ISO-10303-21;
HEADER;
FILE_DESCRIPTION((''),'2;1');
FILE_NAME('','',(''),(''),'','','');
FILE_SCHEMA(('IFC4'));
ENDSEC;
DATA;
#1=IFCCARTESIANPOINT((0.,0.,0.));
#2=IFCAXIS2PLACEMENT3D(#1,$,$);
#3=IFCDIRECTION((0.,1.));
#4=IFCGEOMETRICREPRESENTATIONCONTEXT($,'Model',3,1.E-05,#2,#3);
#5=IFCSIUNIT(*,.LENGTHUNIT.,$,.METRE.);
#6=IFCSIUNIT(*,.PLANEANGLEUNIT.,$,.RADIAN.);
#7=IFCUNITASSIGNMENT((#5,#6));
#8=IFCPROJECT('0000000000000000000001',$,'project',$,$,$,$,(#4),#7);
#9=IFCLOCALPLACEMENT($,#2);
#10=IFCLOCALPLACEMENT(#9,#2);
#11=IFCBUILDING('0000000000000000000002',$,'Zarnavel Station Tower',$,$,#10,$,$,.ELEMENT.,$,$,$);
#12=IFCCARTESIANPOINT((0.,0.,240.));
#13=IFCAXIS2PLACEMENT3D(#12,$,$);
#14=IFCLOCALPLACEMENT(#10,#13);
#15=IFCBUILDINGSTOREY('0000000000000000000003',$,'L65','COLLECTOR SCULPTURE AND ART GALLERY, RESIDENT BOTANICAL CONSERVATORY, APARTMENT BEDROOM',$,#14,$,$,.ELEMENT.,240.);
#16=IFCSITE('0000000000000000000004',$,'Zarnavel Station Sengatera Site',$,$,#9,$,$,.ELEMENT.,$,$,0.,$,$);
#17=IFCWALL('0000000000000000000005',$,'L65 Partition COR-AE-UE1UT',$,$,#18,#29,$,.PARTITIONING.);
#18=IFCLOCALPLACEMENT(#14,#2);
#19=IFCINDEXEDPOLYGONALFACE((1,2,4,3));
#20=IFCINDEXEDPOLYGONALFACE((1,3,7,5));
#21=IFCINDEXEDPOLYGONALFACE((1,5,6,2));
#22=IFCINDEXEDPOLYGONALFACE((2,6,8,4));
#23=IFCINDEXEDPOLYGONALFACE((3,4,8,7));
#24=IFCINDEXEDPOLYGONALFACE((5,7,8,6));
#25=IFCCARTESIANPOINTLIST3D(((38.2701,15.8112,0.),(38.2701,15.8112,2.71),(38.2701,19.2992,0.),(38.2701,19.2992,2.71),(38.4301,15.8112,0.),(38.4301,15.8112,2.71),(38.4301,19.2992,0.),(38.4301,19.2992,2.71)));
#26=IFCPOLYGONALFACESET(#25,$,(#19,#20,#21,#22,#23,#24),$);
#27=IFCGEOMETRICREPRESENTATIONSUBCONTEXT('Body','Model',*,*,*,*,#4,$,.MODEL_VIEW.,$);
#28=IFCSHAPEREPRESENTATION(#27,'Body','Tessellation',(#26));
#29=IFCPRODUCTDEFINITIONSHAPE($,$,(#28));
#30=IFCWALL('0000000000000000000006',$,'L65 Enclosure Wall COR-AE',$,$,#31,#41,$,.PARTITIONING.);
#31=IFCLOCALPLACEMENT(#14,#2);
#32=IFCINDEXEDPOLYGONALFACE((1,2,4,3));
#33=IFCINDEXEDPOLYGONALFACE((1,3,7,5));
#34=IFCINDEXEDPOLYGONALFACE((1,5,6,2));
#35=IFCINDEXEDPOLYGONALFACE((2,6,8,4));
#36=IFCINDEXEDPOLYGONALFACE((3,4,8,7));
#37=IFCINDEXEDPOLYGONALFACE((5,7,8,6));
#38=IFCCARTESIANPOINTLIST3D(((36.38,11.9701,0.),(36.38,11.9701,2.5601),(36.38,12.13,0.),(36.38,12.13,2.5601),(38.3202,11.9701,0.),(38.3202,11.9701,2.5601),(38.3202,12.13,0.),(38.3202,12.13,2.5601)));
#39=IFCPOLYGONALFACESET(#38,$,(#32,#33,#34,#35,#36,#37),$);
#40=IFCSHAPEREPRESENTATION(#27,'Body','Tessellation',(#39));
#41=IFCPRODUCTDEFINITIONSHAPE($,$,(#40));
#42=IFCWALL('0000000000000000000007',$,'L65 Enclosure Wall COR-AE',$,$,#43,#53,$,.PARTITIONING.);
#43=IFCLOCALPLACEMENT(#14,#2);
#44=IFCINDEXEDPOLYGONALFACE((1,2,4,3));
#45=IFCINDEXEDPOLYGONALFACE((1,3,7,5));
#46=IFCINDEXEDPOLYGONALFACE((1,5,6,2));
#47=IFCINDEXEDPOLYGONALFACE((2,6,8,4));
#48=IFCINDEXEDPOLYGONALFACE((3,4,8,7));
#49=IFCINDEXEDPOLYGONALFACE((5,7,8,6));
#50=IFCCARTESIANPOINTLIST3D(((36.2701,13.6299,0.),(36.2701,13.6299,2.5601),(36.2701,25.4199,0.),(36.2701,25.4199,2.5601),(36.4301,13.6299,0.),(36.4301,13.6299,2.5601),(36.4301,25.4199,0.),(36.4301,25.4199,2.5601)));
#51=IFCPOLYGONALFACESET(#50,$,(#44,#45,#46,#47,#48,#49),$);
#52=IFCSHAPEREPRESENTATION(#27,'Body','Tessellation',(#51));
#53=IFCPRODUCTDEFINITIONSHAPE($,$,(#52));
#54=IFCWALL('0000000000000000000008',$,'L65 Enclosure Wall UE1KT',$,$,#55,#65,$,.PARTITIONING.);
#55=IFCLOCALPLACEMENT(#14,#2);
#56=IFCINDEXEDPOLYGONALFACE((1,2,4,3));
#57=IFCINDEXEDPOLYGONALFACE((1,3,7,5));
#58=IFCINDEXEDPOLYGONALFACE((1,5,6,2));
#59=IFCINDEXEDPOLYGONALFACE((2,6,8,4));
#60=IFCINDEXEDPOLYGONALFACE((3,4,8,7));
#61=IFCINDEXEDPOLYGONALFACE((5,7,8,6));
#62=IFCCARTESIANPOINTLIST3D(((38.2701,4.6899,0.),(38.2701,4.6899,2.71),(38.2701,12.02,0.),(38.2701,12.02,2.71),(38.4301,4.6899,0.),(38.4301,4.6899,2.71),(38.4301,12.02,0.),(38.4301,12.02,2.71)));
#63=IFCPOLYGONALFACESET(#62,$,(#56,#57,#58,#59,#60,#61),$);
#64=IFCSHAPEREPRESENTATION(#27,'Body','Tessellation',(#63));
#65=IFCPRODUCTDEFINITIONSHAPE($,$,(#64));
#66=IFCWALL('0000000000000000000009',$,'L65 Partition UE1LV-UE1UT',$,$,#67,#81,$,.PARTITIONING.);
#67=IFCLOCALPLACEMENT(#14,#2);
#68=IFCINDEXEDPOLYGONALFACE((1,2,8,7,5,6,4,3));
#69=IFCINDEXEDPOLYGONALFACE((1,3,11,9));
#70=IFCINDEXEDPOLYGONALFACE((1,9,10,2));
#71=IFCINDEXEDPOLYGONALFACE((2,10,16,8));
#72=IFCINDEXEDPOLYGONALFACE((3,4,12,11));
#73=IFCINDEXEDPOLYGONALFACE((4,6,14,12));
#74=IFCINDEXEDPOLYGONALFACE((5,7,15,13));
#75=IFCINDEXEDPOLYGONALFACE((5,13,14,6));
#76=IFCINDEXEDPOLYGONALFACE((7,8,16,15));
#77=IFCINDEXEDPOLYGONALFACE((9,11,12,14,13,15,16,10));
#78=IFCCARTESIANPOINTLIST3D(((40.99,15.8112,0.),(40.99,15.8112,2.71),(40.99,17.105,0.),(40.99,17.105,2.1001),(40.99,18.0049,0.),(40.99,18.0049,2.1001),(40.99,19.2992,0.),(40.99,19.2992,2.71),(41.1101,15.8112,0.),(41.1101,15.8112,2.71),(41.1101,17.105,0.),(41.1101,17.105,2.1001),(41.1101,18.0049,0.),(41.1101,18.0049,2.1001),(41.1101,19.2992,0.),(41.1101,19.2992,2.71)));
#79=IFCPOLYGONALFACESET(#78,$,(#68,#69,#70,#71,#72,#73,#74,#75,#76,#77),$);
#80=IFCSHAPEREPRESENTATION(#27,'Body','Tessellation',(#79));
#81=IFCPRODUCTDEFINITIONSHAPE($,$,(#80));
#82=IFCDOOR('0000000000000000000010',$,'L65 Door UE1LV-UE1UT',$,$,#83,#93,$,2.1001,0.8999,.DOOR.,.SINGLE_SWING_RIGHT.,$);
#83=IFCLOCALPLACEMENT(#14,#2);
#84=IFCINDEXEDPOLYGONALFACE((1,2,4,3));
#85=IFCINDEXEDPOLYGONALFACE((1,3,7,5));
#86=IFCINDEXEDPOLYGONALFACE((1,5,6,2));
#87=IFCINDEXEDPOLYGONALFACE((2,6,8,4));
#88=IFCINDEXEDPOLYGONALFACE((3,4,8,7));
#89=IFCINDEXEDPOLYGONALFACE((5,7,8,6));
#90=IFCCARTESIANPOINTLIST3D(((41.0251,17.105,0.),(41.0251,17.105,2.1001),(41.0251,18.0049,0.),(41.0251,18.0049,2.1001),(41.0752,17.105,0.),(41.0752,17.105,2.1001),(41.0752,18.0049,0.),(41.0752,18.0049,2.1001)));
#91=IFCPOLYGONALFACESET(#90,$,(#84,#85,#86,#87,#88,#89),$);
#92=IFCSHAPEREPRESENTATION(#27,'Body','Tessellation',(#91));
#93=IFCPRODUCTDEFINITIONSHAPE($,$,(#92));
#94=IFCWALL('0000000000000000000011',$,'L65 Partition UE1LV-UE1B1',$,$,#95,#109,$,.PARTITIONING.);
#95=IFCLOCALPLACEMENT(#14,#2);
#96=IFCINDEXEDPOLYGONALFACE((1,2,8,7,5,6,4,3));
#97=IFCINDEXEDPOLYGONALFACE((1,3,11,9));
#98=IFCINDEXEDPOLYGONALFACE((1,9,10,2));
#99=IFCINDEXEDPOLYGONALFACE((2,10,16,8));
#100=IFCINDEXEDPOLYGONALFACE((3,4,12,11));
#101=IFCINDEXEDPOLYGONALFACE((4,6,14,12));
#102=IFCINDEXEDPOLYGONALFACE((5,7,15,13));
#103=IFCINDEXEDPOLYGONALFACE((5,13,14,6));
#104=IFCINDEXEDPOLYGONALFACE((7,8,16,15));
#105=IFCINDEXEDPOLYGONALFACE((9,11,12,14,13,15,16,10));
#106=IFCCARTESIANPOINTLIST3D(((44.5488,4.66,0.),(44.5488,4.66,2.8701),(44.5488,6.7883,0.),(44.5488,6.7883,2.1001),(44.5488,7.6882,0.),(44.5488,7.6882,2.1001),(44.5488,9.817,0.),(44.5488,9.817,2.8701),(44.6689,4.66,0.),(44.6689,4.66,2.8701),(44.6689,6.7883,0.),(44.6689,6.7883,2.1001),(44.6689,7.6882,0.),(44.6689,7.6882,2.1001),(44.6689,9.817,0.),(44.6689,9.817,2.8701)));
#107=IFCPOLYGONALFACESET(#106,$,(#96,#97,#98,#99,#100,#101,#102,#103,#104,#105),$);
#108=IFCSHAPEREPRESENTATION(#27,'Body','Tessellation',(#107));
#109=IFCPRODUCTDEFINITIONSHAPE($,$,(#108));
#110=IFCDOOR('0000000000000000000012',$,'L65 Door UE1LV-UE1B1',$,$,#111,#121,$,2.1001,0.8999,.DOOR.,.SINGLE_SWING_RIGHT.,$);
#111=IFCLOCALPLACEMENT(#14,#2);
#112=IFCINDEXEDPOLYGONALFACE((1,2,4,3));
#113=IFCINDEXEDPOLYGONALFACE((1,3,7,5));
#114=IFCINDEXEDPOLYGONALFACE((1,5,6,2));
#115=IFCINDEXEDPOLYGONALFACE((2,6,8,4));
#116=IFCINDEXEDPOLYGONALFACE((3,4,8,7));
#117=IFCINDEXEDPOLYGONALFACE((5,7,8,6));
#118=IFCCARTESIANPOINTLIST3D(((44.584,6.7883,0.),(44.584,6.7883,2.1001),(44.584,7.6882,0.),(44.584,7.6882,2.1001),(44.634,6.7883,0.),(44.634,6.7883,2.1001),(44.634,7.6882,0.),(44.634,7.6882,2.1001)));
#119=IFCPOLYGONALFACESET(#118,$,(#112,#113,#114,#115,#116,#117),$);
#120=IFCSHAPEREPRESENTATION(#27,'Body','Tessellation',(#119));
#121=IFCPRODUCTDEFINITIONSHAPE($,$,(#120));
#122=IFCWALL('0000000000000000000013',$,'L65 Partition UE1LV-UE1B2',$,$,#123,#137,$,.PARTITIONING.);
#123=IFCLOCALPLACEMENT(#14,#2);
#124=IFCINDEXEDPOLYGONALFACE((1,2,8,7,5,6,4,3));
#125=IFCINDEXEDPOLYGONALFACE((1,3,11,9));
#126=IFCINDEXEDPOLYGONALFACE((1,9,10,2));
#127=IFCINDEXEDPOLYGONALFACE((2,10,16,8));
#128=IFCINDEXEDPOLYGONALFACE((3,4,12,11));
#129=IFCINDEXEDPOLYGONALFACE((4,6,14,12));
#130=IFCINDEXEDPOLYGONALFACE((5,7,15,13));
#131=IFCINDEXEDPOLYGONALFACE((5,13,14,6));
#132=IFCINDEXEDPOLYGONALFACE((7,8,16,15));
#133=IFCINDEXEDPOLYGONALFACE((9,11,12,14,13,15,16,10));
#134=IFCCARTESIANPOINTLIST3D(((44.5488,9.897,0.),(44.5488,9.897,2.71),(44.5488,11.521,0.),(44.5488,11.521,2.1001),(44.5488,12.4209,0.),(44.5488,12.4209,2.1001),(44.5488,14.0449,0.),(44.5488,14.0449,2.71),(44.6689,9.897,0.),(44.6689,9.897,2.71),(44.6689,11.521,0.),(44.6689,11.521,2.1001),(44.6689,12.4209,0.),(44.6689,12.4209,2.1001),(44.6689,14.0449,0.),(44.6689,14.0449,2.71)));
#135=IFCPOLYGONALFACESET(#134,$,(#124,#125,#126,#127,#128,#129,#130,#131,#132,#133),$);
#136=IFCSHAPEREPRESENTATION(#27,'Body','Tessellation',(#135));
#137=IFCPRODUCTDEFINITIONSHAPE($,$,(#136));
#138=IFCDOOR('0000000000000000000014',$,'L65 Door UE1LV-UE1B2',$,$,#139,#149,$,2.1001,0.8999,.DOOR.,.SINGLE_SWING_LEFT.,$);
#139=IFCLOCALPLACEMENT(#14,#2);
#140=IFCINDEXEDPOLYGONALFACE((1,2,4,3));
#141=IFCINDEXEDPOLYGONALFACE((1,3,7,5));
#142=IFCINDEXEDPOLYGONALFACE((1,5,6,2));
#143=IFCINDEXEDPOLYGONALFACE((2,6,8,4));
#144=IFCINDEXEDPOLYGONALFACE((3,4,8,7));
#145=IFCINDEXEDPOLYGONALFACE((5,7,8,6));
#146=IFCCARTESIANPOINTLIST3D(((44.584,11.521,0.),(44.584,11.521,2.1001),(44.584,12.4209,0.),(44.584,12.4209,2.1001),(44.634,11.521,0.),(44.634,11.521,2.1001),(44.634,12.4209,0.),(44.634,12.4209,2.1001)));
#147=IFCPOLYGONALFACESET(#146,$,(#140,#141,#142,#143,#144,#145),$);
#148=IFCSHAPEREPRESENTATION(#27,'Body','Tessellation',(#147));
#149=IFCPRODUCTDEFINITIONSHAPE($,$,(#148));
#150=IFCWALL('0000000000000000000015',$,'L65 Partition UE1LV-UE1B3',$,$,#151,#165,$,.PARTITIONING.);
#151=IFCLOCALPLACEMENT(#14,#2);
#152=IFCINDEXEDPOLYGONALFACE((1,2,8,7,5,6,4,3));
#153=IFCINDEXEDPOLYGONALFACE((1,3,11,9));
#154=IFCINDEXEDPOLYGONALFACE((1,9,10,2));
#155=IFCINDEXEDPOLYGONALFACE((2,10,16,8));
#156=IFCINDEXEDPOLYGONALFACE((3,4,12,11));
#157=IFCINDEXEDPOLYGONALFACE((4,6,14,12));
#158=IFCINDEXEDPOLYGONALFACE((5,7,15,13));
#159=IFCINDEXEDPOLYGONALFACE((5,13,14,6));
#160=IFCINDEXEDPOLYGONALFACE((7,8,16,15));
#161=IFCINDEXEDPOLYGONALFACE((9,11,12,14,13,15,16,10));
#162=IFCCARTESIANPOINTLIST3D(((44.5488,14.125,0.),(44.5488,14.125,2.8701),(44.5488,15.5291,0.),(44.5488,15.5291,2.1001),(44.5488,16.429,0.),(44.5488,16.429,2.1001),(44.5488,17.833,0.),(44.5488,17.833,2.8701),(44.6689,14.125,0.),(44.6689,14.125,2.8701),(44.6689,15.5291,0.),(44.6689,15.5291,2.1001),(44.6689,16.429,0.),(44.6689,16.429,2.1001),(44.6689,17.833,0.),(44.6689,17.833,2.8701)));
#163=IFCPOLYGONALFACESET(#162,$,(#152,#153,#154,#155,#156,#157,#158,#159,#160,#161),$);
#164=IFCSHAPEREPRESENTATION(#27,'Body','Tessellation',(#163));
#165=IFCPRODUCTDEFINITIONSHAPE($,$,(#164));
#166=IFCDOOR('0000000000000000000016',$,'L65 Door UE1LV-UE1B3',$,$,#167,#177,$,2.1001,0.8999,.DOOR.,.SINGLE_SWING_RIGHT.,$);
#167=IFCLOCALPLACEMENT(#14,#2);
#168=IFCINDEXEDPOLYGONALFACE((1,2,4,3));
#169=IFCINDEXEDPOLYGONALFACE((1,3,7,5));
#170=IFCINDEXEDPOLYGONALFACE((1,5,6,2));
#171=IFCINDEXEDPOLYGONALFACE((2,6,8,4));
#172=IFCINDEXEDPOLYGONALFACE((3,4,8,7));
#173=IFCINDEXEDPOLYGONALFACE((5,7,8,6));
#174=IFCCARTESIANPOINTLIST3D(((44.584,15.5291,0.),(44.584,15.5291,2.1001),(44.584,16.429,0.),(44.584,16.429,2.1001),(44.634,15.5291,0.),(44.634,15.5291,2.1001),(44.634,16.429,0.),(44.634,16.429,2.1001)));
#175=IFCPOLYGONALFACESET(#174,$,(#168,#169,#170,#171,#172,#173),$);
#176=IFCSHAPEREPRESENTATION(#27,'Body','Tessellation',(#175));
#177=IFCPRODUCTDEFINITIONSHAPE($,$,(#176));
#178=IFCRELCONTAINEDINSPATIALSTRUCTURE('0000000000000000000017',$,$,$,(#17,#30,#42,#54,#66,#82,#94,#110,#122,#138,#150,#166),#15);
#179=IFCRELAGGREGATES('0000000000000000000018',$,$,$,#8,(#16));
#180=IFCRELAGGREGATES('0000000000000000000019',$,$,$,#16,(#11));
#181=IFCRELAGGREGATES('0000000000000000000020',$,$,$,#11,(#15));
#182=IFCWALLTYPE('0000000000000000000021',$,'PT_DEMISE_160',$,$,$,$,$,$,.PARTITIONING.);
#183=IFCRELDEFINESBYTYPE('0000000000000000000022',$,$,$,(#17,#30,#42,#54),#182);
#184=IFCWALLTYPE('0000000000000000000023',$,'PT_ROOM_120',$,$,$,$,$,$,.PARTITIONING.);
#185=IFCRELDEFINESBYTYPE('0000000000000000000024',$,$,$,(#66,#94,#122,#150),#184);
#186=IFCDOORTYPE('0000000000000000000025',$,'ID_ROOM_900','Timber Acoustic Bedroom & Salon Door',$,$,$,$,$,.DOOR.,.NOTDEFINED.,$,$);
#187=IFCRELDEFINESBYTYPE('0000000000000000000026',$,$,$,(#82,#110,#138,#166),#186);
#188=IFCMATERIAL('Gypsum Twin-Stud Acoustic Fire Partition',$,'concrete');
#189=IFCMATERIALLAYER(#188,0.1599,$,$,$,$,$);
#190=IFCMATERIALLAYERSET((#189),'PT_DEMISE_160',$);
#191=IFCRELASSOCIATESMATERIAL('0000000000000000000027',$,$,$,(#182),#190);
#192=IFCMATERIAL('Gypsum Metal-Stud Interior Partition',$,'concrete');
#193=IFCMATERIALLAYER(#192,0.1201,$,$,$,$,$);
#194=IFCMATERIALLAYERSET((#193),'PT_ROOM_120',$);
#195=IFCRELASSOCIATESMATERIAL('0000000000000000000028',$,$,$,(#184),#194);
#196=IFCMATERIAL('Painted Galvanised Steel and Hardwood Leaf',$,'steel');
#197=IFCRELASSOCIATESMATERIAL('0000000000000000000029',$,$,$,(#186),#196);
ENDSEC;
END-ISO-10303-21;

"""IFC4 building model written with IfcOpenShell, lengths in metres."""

from ifc_helpers import new_model, si_unit, direction, frame, frame_2d, origin, place, context, subcontext, project, spatial, rectangle, extrude, material, layer, layer_set, type_object, element, fill, save


model = new_model("IFC4")

# Units and contexts
model_context = context("Model", 3, precision=1e-05, world=origin(), true_north=direction((0.0, 1.0)))
body_context = subcontext(model_context, "Body", "Model", "MODEL_VIEW")
ifc_project = project(units=[si_unit("LENGTHUNIT", "METRE"), si_unit("PLANEANGLEUNIT", "RADIAN")], contexts=[model_context])

# Site, building, storey
site_placement = place(None, origin())
site = spatial("IfcSite", under=ifc_project, at=site_placement, Name="Zarnavel Station Sengatera Site", CompositionType="ELEMENT", RefElevation=0.0)
building_placement = place(site_placement, origin())
building = spatial("IfcBuilding", under=site, at=building_placement, Name="Zarnavel Station Tower", CompositionType="ELEMENT")
storey_placement = place(building_placement, frame((0.0, 0.0, 240.0)))
storey = spatial("IfcBuildingStorey", under=building, at=storey_placement, Name="L65", Description="COLLECTOR SCULPTURE AND ART GALLERY, RESIDENT BOTANICAL CONSERVATORY, APARTMENT BEDROOM", CompositionType="ELEMENT", Elevation=240.0)

# Walls
ifc_material_1 = material(Name="Gypsum Twin-Stud Acoustic Fire Partition", Category="concrete")
ifc_layer_1 = layer(ifc_material_1, 0.1599)
ifc_layer_set_1 = layer_set([ifc_layer_1], Name="PT_DEMISE_160")
wall_type_1 = type_object("IfcWallType", Name="PT_DEMISE_160", PredefinedType="PARTITIONING", material=ifc_layer_set_1)
wall_1_placement = place(storey_placement, frame((38.3501, 15.811, 0.0), z_axis=(0.0, 0.0, 1.0), x_axis=(0.0, 1.0, 0.0)))
element("IfcWall", 1, at=wall_1_placement, inside=storey, type_object=wall_type_1, Name="L65 Partition COR-AE-UE1UT", PredefinedType="PARTITIONING", context=body_context, shape_type="SweptSolid", body=[
    extrude(rectangle(XDim=3.488, YDim=0.1599, at=frame_2d((1.7441, 0.0))), origin(), (0.0, 0.0, 1.0), 2.71),
])
wall_2_placement = place(storey_placement, frame((36.3799, 12.05, 0.0), z_axis=(0.0, 0.0, 1.0), x_axis=(1.0, 0.0, 0.0)))
element("IfcWall", 2, at=wall_2_placement, inside=storey, type_object=wall_type_1, Name="L65 Enclosure Wall COR-AE", PredefinedType="PARTITIONING", context=body_context, shape_type="SweptSolid", body=[
    extrude(rectangle(XDim=1.9402, YDim=0.1599, at=frame_2d((0.9702, 0.0))), origin(), (0.0, 0.0, 1.0), 2.5601),
])
wall_3_placement = place(storey_placement, frame((36.3501, 13.6299, 0.0), z_axis=(0.0, 0.0, 1.0), x_axis=(0.0, 1.0, 0.0)))
element("IfcWall", 3, at=wall_3_placement, inside=storey, type_object=wall_type_1, Name="L65 Enclosure Wall COR-AE", PredefinedType="PARTITIONING", context=body_context, shape_type="SweptSolid", body=[
    extrude(rectangle(XDim=11.79, YDim=0.1599, at=frame_2d((5.895, 0.0))), origin(), (0.0, 0.0, 1.0), 2.5601),
])
wall_4_placement = place(storey_placement, frame((38.3501, 4.6899, 0.0), z_axis=(0.0, 0.0, 1.0), x_axis=(0.0, 1.0, 0.0)))
element("IfcWall", 4, at=wall_4_placement, inside=storey, type_object=wall_type_1, Name="L65 Enclosure Wall UE1KT", PredefinedType="PARTITIONING", context=body_context, shape_type="SweptSolid", body=[
    extrude(rectangle(XDim=7.3301, YDim=0.1599, at=frame_2d((3.665, 0.0))), origin(), (0.0, 0.0, 1.0), 2.71),
])

# Walls, openings, doors
ifc_material_2 = material(Name="Gypsum Metal-Stud Interior Partition", Category="concrete")
ifc_layer_2 = layer(ifc_material_2, 0.1201)
ifc_layer_set_2 = layer_set([ifc_layer_2], Name="PT_ROOM_120")
wall_type_2 = type_object("IfcWallType", Name="PT_ROOM_120", PredefinedType="PARTITIONING", material=ifc_layer_set_2)
wall_5_placement = place(storey_placement, frame((41.05, 15.811, 0.0), z_axis=(0.0, 0.0, 1.0), x_axis=(0.0, 1.0, 0.0)))
wall_5 = element("IfcWall", 5, at=wall_5_placement, inside=storey, type_object=wall_type_2, Name="L65 Partition UE1LV-UE1UT", PredefinedType="PARTITIONING", context=body_context, shape_type="SweptSolid", body=[
    extrude(rectangle(XDim=3.488, YDim=0.1201, at=frame_2d((1.7441, 0.0))), origin(), (0.0, 0.0, 1.0), 2.71),
])
opening_1_placement = place(wall_5_placement, frame((1.2939, 0.0, 0.0)))
opening_1 = element("IfcOpeningElement", 6, at=opening_1_placement, cuts=wall_5, PredefinedType="OPENING", context=body_context, shape_type="SweptSolid", body=[
    extrude(rectangle(XDim=0.8999, YDim=2.1001, at=frame_2d((0.45, 1.05))), frame((0.0, 0.0701, 0.0), z_axis=(0.0, -1.0, 0.0), x_axis=(1.0, 0.0, 0.0)), (0.0, 0.0, 1.0), 0.1401),
])
ifc_material_3 = material(Name="Painted Galvanised Steel and Hardwood Leaf", Category="steel")
door_type_1 = type_object("IfcDoorType", Name="ID_ROOM_900", Description="Timber Acoustic Bedroom & Salon Door", OperationType="NOTDEFINED", PredefinedType="DOOR", material=ifc_material_3)
door_1_placement = place(opening_1_placement, origin())
door_1 = element("IfcDoor", 7, at=door_1_placement, inside=storey, type_object=door_type_1, Name="L65 Door UE1LV-UE1UT", OperationType="SINGLE_SWING_RIGHT", OverallHeight=2.1001, OverallWidth=0.8999, PredefinedType="DOOR", context=body_context, shape_type="SweptSolid", body=[
    extrude(rectangle(XDim=0.8999, YDim=2.1001, at=frame_2d((0.45, 1.05))), frame((0.0, 0.0249, 0.0), z_axis=(0.0, -1.0, 0.0), x_axis=(1.0, 0.0, 0.0)), (0.0, 0.0, 1.0), 0.05),
])
fill(opening_1, door_1)
wall_6_placement = place(storey_placement, frame((44.6089, 4.6599, 0.0), z_axis=(0.0, 0.0, 1.0), x_axis=(0.0, 1.0, 0.0)))
wall_6 = element("IfcWall", 8, at=wall_6_placement, inside=storey, type_object=wall_type_2, Name="L65 Partition UE1LV-UE1B1", PredefinedType="PARTITIONING", context=body_context, shape_type="SweptSolid", body=[
    extrude(rectangle(XDim=5.157, YDim=0.1201, at=frame_2d((2.5786, 0.0))), origin(), (0.0, 0.0, 1.0), 2.8701),
])
opening_2_placement = place(wall_6_placement, frame((2.1284, 0.0, 0.0)))
opening_2 = element("IfcOpeningElement", 9, at=opening_2_placement, cuts=wall_6, PredefinedType="OPENING", context=body_context, shape_type="SweptSolid", body=[
    extrude(rectangle(XDim=0.8999, YDim=2.1001, at=frame_2d((0.45, 1.05))), frame((0.0, 0.0701, 0.0), z_axis=(0.0, -1.0, 0.0), x_axis=(1.0, 0.0, 0.0)), (0.0, 0.0, 1.0), 0.1401),
])
door_2_placement = place(opening_2_placement, origin())
door_2 = element("IfcDoor", 10, at=door_2_placement, inside=storey, type_object=door_type_1, Name="L65 Door UE1LV-UE1B1", OperationType="SINGLE_SWING_RIGHT", OverallHeight=2.1001, OverallWidth=0.8999, PredefinedType="DOOR", context=body_context, shape_type="SweptSolid", body=[
    extrude(rectangle(XDim=0.8999, YDim=2.1001, at=frame_2d((0.45, 1.05))), frame((0.0, 0.0249, 0.0), z_axis=(0.0, -1.0, 0.0), x_axis=(1.0, 0.0, 0.0)), (0.0, 0.0, 1.0), 0.05),
])
fill(opening_2, door_2)
wall_7_placement = place(storey_placement, frame((44.6089, 9.897, 0.0), z_axis=(0.0, 0.0, 1.0), x_axis=(0.0, 1.0, 0.0)))
wall_7 = element("IfcWall", 11, at=wall_7_placement, inside=storey, type_object=wall_type_2, Name="L65 Partition UE1LV-UE1B2", PredefinedType="PARTITIONING", context=body_context, shape_type="SweptSolid", body=[
    extrude(rectangle(XDim=4.1479, YDim=0.1201, at=frame_2d((2.074, 0.0))), origin(), (0.0, 0.0, 1.0), 2.71),
])
opening_3_placement = place(wall_7_placement, frame((1.624, 0.0, 0.0)))
opening_3 = element("IfcOpeningElement", 12, at=opening_3_placement, cuts=wall_7, PredefinedType="OPENING", context=body_context, shape_type="SweptSolid", body=[
    extrude(rectangle(XDim=0.8999, YDim=2.1001, at=frame_2d((0.45, 1.05))), frame((0.0, 0.0701, 0.0), z_axis=(0.0, -1.0, 0.0), x_axis=(1.0, 0.0, 0.0)), (0.0, 0.0, 1.0), 0.1401),
])
door_3_placement = place(opening_3_placement, origin())
door_3 = element("IfcDoor", 13, at=door_3_placement, inside=storey, type_object=door_type_1, Name="L65 Door UE1LV-UE1B2", OperationType="SINGLE_SWING_LEFT", OverallHeight=2.1001, OverallWidth=0.8999, PredefinedType="DOOR", context=body_context, shape_type="SweptSolid", body=[
    extrude(rectangle(XDim=0.8999, YDim=2.1001, at=frame_2d((0.45, 1.05))), frame((0.0, 0.0249, 0.0), z_axis=(0.0, -1.0, 0.0), x_axis=(1.0, 0.0, 0.0)), (0.0, 0.0, 1.0), 0.05),
])
fill(opening_3, door_3)
wall_8_placement = place(storey_placement, frame((44.6089, 14.125, 0.0), z_axis=(0.0, 0.0, 1.0), x_axis=(0.0, 1.0, 0.0)))
wall_8 = element("IfcWall", 14, at=wall_8_placement, inside=storey, type_object=wall_type_2, Name="L65 Partition UE1LV-UE1B3", PredefinedType="PARTITIONING", context=body_context, shape_type="SweptSolid", body=[
    extrude(rectangle(XDim=3.708, YDim=0.1201, at=frame_2d((1.854, 0.0))), origin(), (0.0, 0.0, 1.0), 2.8701),
])
opening_4_placement = place(wall_8_placement, frame((1.4041, 0.0, 0.0)))
opening_4 = element("IfcOpeningElement", 15, at=opening_4_placement, cuts=wall_8, PredefinedType="OPENING", context=body_context, shape_type="SweptSolid", body=[
    extrude(rectangle(XDim=0.8999, YDim=2.1001, at=frame_2d((0.45, 1.05))), frame((0.0, 0.0701, 0.0), z_axis=(0.0, -1.0, 0.0), x_axis=(1.0, 0.0, 0.0)), (0.0, 0.0, 1.0), 0.1401),
])
door_4_placement = place(opening_4_placement, origin())
door_4 = element("IfcDoor", 16, at=door_4_placement, inside=storey, type_object=door_type_1, Name="L65 Door UE1LV-UE1B3", OperationType="SINGLE_SWING_RIGHT", OverallHeight=2.1001, OverallWidth=0.8999, PredefinedType="DOOR", context=body_context, shape_type="SweptSolid", body=[
    extrude(rectangle(XDim=0.8999, YDim=2.1001, at=frame_2d((0.45, 1.05))), frame((0.0, 0.0249, 0.0), z_axis=(0.0, -1.0, 0.0), x_axis=(1.0, 0.0, 0.0)), (0.0, 0.0, 1.0), 0.05),
])
fill(opening_4, door_4)

save(model, "model.ifc")
